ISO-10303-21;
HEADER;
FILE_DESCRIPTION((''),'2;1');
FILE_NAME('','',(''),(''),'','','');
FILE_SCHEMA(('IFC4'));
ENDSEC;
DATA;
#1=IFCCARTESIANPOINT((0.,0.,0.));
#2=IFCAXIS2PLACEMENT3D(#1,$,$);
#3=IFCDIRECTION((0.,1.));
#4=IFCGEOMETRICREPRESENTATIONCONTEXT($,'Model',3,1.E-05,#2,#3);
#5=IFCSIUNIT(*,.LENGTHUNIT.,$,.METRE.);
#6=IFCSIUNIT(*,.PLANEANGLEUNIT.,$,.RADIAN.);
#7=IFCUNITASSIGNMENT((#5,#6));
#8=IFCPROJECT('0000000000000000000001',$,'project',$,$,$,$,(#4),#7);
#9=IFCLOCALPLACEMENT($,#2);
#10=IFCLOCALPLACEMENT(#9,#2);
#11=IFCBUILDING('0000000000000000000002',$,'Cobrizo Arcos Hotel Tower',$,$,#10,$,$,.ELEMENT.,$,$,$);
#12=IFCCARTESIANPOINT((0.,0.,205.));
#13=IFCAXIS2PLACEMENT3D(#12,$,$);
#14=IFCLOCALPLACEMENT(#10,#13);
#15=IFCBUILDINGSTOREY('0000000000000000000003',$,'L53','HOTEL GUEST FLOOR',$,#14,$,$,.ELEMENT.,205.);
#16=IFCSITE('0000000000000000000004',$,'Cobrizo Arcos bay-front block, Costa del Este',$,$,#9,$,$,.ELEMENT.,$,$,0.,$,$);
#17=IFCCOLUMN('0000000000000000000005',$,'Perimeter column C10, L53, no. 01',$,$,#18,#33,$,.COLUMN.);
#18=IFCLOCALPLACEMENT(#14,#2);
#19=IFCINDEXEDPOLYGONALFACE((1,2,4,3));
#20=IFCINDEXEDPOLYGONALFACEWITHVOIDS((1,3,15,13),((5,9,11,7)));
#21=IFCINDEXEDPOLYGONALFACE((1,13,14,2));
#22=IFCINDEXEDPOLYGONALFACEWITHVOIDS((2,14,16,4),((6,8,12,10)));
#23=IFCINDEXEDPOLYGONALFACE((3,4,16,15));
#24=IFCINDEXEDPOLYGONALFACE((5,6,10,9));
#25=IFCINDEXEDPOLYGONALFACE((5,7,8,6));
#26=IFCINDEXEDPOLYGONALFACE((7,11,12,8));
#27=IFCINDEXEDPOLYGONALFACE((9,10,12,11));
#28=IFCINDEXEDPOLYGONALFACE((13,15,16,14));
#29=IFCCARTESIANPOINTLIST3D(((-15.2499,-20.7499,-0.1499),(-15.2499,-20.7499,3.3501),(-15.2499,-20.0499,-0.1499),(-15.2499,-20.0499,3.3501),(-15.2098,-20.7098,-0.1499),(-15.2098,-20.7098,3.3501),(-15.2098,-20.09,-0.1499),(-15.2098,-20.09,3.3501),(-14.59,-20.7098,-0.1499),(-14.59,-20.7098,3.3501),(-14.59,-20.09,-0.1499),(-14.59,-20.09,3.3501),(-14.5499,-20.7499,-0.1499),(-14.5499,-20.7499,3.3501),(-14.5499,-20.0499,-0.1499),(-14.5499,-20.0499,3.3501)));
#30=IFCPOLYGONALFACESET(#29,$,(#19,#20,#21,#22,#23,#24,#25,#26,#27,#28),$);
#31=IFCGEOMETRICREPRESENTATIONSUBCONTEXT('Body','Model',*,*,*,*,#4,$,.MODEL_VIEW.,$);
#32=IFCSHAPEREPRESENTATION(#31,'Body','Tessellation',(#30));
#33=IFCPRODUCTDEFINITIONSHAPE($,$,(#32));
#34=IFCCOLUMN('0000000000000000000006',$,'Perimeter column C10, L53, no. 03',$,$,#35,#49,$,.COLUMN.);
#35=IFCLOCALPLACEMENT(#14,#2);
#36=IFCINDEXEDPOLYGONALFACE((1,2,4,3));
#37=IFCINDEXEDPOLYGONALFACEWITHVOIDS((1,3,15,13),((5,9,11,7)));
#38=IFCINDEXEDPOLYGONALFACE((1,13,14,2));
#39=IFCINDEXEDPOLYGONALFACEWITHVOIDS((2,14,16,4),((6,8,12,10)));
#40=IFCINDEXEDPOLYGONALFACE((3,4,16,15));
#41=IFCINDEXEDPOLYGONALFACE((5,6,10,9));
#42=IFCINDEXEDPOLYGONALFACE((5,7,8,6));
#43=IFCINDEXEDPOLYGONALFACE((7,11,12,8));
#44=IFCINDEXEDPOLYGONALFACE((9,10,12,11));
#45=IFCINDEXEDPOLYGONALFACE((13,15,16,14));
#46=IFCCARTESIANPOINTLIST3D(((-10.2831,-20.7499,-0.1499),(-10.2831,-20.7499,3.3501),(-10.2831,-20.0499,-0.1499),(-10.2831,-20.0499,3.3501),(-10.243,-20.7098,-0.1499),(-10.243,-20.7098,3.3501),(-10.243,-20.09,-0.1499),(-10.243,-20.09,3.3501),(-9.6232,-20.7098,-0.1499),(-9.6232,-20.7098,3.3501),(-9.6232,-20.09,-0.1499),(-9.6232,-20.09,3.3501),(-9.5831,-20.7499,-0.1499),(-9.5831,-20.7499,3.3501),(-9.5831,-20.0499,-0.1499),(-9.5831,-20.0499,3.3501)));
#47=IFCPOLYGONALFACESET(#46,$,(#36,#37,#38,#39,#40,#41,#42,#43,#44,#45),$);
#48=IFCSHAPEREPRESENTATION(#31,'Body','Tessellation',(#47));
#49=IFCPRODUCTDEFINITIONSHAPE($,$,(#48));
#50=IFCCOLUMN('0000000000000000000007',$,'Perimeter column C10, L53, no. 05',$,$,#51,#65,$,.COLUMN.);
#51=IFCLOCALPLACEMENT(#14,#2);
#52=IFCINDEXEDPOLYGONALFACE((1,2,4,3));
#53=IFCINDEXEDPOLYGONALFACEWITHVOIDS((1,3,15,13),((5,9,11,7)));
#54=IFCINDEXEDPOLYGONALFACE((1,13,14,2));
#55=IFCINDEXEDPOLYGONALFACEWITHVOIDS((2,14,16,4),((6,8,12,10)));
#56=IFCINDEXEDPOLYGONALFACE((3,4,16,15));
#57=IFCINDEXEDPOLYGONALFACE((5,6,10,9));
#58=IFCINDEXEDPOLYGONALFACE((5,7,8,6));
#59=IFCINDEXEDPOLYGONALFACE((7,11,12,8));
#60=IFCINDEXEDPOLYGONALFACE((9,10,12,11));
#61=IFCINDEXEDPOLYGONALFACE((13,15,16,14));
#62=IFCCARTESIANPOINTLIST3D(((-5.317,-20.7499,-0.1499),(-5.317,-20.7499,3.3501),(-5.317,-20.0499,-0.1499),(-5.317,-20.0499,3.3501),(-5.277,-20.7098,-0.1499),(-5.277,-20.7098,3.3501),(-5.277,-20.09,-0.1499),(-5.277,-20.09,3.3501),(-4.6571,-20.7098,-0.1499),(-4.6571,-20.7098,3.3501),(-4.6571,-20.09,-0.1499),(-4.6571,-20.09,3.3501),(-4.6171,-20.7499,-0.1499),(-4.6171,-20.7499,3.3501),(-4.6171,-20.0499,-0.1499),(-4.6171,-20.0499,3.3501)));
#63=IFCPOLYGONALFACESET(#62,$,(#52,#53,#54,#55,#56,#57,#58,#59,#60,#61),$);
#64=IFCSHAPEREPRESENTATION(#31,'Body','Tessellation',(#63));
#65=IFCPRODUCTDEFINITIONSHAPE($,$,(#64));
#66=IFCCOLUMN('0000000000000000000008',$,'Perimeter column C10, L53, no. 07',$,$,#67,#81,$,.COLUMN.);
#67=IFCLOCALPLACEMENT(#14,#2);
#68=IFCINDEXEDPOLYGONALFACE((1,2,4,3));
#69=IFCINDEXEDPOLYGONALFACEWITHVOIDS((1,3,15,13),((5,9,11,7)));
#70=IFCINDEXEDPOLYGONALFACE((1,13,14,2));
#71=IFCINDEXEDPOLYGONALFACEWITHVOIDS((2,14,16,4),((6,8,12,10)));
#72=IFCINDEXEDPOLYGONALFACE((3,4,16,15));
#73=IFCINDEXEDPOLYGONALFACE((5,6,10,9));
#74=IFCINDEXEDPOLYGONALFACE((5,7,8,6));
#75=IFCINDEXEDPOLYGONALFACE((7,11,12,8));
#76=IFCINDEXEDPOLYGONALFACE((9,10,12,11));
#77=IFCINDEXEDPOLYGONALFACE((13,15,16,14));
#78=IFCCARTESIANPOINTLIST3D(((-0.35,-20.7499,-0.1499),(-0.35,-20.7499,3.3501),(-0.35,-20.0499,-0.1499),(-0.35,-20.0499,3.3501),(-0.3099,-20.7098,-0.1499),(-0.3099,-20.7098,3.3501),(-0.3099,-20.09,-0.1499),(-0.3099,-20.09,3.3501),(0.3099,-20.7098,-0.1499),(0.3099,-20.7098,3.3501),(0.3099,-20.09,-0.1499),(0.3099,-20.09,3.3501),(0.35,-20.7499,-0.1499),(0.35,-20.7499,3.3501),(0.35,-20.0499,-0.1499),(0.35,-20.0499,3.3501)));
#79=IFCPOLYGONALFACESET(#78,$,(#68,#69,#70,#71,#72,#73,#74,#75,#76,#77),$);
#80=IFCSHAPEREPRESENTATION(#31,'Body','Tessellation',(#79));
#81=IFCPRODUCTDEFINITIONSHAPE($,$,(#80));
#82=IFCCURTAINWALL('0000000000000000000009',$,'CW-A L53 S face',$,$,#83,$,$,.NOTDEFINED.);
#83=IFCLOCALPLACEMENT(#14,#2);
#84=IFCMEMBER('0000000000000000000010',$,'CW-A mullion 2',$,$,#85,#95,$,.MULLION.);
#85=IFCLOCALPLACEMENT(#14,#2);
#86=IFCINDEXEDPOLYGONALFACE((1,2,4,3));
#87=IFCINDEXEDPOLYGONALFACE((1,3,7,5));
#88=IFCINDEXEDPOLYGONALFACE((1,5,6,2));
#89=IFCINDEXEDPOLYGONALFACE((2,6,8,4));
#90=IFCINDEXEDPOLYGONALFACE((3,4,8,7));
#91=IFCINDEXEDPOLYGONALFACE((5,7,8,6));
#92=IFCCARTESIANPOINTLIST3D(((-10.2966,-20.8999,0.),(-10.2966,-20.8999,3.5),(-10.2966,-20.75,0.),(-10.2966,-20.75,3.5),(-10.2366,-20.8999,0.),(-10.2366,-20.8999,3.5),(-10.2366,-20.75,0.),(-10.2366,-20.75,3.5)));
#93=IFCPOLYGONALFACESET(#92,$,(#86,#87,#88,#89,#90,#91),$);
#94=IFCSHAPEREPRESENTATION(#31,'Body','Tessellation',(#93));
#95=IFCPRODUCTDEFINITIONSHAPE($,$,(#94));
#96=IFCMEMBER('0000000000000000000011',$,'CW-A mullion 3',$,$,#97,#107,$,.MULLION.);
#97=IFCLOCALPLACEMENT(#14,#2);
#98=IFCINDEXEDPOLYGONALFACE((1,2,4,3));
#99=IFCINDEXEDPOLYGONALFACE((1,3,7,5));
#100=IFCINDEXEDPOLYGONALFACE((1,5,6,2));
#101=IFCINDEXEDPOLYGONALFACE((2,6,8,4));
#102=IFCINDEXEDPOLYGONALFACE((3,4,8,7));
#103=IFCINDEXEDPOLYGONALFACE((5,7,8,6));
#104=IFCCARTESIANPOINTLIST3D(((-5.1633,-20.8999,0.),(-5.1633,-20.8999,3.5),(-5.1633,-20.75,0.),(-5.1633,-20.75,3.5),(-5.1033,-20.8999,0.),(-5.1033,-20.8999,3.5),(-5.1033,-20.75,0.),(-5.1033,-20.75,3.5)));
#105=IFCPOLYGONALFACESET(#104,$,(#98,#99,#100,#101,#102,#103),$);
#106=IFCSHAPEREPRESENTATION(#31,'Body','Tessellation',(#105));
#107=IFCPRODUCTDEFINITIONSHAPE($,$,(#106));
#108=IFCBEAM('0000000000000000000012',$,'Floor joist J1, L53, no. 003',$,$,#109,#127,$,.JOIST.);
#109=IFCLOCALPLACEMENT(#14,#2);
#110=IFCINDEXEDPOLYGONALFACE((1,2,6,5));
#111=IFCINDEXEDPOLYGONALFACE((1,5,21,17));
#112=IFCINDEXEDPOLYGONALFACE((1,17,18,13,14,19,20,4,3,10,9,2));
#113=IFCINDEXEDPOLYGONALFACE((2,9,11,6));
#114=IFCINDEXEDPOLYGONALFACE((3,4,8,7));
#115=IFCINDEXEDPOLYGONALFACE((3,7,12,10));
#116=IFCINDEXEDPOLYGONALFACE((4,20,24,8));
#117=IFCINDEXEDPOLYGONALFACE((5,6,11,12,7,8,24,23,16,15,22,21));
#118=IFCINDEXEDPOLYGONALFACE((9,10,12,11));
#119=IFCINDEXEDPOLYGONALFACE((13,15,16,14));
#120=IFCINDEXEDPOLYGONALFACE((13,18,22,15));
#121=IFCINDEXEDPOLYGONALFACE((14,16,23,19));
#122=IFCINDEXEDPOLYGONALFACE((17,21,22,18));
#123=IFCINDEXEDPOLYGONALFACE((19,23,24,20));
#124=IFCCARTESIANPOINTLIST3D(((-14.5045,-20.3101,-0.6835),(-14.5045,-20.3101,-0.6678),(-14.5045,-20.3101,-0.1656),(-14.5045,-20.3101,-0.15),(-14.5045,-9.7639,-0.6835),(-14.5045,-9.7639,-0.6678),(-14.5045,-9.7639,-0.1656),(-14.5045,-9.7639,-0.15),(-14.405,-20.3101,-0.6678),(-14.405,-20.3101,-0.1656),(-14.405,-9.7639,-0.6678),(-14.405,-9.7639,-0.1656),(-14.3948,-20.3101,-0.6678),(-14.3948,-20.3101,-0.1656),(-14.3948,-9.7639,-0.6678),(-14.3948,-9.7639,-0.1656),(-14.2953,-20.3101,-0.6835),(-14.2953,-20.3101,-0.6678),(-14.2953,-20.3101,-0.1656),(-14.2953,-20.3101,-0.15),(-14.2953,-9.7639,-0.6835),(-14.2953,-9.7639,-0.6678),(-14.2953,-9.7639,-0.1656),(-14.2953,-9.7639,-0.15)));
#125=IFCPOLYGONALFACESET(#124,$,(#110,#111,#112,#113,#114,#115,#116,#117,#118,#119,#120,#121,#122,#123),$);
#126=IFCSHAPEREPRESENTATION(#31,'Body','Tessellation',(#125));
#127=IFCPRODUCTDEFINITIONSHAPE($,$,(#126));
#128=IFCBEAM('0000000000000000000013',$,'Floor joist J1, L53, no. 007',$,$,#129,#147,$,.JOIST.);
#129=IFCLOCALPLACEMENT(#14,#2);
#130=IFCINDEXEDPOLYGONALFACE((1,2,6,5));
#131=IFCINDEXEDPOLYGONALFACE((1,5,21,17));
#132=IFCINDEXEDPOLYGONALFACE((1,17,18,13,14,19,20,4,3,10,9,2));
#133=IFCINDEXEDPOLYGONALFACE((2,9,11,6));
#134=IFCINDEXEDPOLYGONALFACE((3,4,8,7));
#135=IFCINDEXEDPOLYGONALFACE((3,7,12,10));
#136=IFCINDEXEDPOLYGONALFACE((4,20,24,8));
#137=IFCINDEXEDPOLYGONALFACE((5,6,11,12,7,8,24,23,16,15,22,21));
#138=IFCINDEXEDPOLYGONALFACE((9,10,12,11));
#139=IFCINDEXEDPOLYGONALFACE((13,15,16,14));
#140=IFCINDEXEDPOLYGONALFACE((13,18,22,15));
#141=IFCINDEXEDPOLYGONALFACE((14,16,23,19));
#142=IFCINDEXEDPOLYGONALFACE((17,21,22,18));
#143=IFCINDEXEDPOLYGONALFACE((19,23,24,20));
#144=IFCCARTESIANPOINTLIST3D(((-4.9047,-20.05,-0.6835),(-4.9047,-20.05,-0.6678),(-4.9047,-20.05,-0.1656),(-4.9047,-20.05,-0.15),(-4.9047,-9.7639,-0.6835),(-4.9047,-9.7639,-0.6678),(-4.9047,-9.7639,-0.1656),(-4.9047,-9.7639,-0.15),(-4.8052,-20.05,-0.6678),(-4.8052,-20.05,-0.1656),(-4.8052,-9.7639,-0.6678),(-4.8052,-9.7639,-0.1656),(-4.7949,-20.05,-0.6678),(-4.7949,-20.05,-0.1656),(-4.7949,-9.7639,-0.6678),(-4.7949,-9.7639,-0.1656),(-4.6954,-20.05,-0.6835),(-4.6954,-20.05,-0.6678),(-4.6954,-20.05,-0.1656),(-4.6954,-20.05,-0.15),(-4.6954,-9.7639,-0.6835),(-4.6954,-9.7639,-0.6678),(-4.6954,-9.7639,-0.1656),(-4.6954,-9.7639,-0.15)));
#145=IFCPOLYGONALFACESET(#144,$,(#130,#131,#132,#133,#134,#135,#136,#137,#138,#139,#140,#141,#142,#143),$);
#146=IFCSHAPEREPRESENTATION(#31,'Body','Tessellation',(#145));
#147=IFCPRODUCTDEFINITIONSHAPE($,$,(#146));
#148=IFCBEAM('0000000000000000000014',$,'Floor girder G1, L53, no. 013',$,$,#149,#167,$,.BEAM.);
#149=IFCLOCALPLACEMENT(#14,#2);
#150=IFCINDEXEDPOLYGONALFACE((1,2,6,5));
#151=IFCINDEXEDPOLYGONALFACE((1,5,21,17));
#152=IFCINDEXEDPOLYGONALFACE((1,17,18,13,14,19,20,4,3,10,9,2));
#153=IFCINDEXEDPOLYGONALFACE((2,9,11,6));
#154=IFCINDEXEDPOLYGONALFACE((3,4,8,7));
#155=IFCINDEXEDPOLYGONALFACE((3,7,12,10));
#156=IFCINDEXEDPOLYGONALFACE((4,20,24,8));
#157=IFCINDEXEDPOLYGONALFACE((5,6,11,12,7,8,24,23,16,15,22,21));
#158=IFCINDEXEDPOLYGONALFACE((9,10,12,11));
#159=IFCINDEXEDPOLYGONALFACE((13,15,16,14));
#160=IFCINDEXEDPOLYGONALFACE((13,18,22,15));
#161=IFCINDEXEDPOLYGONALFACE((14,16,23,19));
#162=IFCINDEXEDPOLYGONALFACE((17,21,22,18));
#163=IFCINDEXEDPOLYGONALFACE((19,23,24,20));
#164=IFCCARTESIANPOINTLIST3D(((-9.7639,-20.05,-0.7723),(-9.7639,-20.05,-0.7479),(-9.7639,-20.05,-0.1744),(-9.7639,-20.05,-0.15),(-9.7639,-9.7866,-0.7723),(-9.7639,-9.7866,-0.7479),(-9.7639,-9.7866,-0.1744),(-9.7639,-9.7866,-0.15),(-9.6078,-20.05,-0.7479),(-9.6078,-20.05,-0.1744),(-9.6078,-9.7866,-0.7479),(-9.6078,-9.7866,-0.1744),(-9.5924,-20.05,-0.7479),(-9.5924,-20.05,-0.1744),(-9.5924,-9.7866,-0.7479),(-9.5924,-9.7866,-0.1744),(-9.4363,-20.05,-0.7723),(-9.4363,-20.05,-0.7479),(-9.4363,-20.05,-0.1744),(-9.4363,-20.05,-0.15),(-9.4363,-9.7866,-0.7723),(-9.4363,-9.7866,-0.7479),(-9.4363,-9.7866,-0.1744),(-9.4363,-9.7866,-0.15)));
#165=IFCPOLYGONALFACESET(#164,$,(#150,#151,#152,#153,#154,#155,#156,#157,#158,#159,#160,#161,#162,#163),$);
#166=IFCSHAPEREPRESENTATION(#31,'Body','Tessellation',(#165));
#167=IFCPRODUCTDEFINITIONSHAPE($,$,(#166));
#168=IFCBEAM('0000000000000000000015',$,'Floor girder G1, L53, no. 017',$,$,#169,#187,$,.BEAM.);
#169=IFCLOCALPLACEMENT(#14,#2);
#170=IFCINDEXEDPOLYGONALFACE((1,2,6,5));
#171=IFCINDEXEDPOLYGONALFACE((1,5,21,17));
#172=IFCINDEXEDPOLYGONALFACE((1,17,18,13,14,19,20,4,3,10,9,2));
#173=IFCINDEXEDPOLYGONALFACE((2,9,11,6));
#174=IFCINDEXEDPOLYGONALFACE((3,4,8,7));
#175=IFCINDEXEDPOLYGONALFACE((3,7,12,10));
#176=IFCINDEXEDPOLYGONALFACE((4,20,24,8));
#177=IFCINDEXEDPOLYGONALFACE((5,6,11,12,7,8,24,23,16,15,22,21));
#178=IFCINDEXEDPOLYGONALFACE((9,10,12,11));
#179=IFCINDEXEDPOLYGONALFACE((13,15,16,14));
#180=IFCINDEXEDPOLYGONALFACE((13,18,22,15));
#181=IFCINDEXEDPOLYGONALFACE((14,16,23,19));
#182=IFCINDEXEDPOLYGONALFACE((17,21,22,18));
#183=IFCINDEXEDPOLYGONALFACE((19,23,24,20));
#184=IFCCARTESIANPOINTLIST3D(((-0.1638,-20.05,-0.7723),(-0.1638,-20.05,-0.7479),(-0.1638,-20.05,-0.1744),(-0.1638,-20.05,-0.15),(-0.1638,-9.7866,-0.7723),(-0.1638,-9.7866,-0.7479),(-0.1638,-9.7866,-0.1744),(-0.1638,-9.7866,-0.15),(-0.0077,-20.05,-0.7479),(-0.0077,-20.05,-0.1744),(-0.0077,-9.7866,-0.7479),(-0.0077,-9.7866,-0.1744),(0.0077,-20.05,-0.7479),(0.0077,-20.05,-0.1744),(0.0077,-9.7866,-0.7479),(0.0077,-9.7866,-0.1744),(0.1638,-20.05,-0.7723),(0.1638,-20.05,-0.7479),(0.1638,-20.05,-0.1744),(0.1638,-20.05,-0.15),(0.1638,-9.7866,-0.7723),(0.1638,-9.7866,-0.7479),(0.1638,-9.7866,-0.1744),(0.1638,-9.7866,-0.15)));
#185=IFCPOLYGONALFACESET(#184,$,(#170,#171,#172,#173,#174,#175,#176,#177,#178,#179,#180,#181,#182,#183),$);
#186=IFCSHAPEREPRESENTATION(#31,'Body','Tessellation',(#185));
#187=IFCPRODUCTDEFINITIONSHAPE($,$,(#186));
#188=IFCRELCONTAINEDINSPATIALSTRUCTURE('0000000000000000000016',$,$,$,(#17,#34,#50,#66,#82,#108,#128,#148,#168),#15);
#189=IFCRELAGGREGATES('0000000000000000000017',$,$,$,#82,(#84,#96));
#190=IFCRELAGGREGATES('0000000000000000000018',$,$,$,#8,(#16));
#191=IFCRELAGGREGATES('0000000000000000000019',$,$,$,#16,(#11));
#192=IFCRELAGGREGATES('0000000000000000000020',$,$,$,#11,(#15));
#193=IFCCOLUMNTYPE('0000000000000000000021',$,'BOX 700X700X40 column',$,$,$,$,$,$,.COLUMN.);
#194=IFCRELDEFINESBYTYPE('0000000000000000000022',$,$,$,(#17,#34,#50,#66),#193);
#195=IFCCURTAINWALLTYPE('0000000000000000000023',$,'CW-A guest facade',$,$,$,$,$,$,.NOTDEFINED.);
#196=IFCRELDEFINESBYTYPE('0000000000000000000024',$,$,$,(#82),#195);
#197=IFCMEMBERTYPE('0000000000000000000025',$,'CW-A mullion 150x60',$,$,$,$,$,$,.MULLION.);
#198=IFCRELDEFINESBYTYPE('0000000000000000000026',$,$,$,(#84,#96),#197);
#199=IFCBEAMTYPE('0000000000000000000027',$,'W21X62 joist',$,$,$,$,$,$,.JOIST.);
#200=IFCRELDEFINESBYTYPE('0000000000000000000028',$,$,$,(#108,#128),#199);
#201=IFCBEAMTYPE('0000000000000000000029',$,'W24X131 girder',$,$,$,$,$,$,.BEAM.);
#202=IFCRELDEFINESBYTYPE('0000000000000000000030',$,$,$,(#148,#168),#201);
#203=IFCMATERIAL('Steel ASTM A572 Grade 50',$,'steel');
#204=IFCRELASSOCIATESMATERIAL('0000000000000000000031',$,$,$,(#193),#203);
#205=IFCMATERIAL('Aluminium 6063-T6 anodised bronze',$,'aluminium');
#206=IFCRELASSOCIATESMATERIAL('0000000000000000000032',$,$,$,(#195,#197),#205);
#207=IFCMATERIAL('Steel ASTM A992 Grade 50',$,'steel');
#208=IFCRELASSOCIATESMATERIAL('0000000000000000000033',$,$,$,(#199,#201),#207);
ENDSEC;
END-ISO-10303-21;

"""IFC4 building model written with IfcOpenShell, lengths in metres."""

from ifc_helpers import new_model, si_unit, direction, frame, origin, origin_2d, place, context, subcontext, project, spatial, rectangle, hollow_rectangle, i_section, extrude, material, material_profile, profile_set, type_object, element, aggregate, save


model = new_model("IFC4")

# Units and contexts
model_context = context("Model", 3, precision=1e-05, world=origin(), true_north=direction((0.0, 1.0)))
body_context = subcontext(model_context, "Body", "Model", "MODEL_VIEW")
ifc_project = project(units=[si_unit("LENGTHUNIT", "METRE"), si_unit("PLANEANGLEUNIT", "RADIAN")], contexts=[model_context])

# Site, building, storey
site_placement = place(None, origin())
site = spatial("IfcSite", under=ifc_project, at=site_placement, Name="Cobrizo Arcos bay-front block, Costa del Este", CompositionType="ELEMENT", RefElevation=0.0)
building_placement = place(site_placement, origin())
building = spatial("IfcBuilding", under=site, at=building_placement, Name="Cobrizo Arcos Hotel Tower", CompositionType="ELEMENT")
storey_placement = place(building_placement, frame((0.0, 0.0, 205.0)))
storey = spatial("IfcBuildingStorey", under=building, at=storey_placement, Name="L53", Description="HOTEL GUEST FLOOR", CompositionType="ELEMENT", Elevation=205.0)

# Columns
ifc_material_1 = material(Name="Steel ASTM A572 Grade 50", Category="steel")
ifc_material_profile_1 = material_profile(ifc_material_1, hollow_rectangle(XDim=0.7, YDim=0.7, WallThickness=0.04, at=origin_2d()), Name="BOX 700X700X40")
ifc_profile_set_1 = profile_set([ifc_material_profile_1], Name="Steel ASTM A572 Grade 50")
column_type = type_object("IfcColumnType", Name="BOX 700X700X40 column", PredefinedType="COLUMN", material=ifc_profile_set_1)
for number, where, z_axis, x_axis, name in (
    (1, (-14.8999, -20.3999, -0.1499), (0.0, 0.0, 1.0), (1.0, 0.0, 0.0), "Perimeter column C10, L53, no. 01"),
    (2, (-9.9331, -20.3999, -0.1499), (0.0, 0.0, 1.0), (1.0, 0.0, 0.0), "Perimeter column C10, L53, no. 03"),
    (3, (-4.967, -20.3999, -0.1499), (0.0, 0.0, 1.0), (1.0, 0.0, 0.0), "Perimeter column C10, L53, no. 05"),
    (4, (0.0, -20.3999, -0.1499), (0.0, 0.0, 1.0), (1.0, 0.0, 0.0), "Perimeter column C10, L53, no. 07"),
):
    element("IfcColumn", number, at=place(storey_placement, frame(where, z_axis=z_axis, x_axis=x_axis)), inside=storey, type_object=column_type, Name=name, PredefinedType="COLUMN", context=body_context, shape_type="SweptSolid", body=[
        extrude(hollow_rectangle(XDim=0.7, YDim=0.7, WallThickness=0.04, at=origin_2d()), origin(), (0.0, 0.0, 1.0), 3.5),
    ])

# Curtain wall, members
ifc_material_2 = material(Name="Aluminium 6063-T6 anodised bronze", Category="aluminium")
curtain_wall_type = type_object("IfcCurtainWallType", Name="CW-A guest facade", PredefinedType="NOTDEFINED", material=ifc_material_2)
curtain_wall_placement = place(storey_placement, origin())
curtain_wall = element("IfcCurtainWall", 5, at=curtain_wall_placement, inside=storey, type_object=curtain_wall_type, Name="CW-A L53 S face", PredefinedType="NOTDEFINED")
ifc_material_profile_2 = material_profile(ifc_material_2, rectangle(XDim=0.1499, YDim=0.0601, at=origin_2d()), Name="CW-A mullion 150x60")
ifc_profile_set_2 = profile_set([ifc_material_profile_2], Name="Aluminium 6063-T6 anodised bronze")
member_type = type_object("IfcMemberType", Name="CW-A mullion 150x60", PredefinedType="MULLION", material=ifc_profile_set_2)
member_1_placement = place(storey_placement, frame((-10.2666, -20.825, 0.0), z_axis=(0.0, 0.0, 1.0), x_axis=(0.0, -1.0, 0.0)))
member_1 = element("IfcMember", 6, at=member_1_placement, type_object=member_type, Name="CW-A mullion 2", PredefinedType="MULLION", context=body_context, shape_type="SweptSolid", body=[
    extrude(rectangle(XDim=0.1499, YDim=0.0601, at=origin_2d()), origin(), (0.0, 0.0, 1.0), 3.5),
])
member_2_placement = place(storey_placement, frame((-5.1333, -20.825, 0.0), z_axis=(0.0, 0.0, 1.0), x_axis=(0.0, -1.0, 0.0)))
member_2 = element("IfcMember", 7, at=member_2_placement, type_object=member_type, Name="CW-A mullion 3", PredefinedType="MULLION", context=body_context, shape_type="SweptSolid", body=[
    extrude(rectangle(XDim=0.1499, YDim=0.0601, at=origin_2d()), origin(), (0.0, 0.0, 1.0), 3.5),
])

# Beams
ifc_material_3 = material(Name="Steel ASTM A992 Grade 50", Category="steel")
ifc_material_profile_3 = material_profile(ifc_material_3, i_section(OverallWidth=0.2092, OverallDepth=0.5334, WebThickness=0.0103, FlangeThickness=0.0156, at=origin_2d()), Name="W21X62")
ifc_profile_set_3 = profile_set([ifc_material_profile_3], Name="Steel ASTM A992 Grade 50")
beam_type_1 = type_object("IfcBeamType", Name="W21X62 joist", PredefinedType="JOIST", material=ifc_profile_set_3)
beam_1_placement = place(storey_placement, frame((-14.3999, -20.3101, -0.4167), z_axis=(0.0, 1.0, 0.0), x_axis=(-1.0, 0.0, 0.0)))
element("IfcBeam", 8, at=beam_1_placement, inside=storey, type_object=beam_type_1, Name="Floor joist J1, L53, no. 003", PredefinedType="JOIST", context=body_context, shape_type="SweptSolid", body=[
    extrude(i_section(OverallWidth=0.2092, OverallDepth=0.5334, WebThickness=0.0103, FlangeThickness=0.0156, at=origin_2d()), origin(), (0.0, 0.0, 1.0), 10.5461),
])
beam_2_placement = place(storey_placement, frame((-4.8, -20.05, -0.4167), z_axis=(0.0, 1.0, 0.0), x_axis=(-1.0, 0.0, 0.0)))
element("IfcBeam", 9, at=beam_2_placement, inside=storey, type_object=beam_type_1, Name="Floor joist J1, L53, no. 007", PredefinedType="JOIST", context=body_context, shape_type="SweptSolid", body=[
    extrude(i_section(OverallWidth=0.2092, OverallDepth=0.5334, WebThickness=0.0103, FlangeThickness=0.0156, at=origin_2d()), origin(), (0.0, 0.0, 1.0), 10.2861),
])
ifc_material_profile_4 = material_profile(ifc_material_3, i_section(OverallWidth=0.3276, OverallDepth=0.6223, WebThickness=0.0154, FlangeThickness=0.0244, at=origin_2d()), Name="W24X131")
ifc_profile_set_4 = profile_set([ifc_material_profile_4], Name="Steel ASTM A992 Grade 50")
beam_type_2 = type_object("IfcBeamType", Name="W24X131 girder", PredefinedType="BEAM", material=ifc_profile_set_4)
for number, where, z_axis, x_axis, name in (
    (10, (-9.6001, -20.05, -0.4612), (0.0, 1.0, 0.0), (-1.0, 0.0, 0.0), "Floor girder G1, L53, no. 013"),
    (11, (0.0, -20.05, -0.4612), (0.0, 1.0, 0.0), (-1.0, 0.0, 0.0), "Floor girder G1, L53, no. 017"),
):
    element("IfcBeam", number, at=place(storey_placement, frame(where, z_axis=z_axis, x_axis=x_axis)), inside=storey, type_object=beam_type_2, Name=name, PredefinedType="BEAM", context=body_context, shape_type="SweptSolid", body=[
        extrude(i_section(OverallWidth=0.3276, OverallDepth=0.6223, WebThickness=0.0154, FlangeThickness=0.0244, at=origin_2d()), origin(), (0.0, 0.0, 1.0), 10.2634),
    ])

aggregate(curtain_wall, [member_1, member_2])

save(model, "model.ifc")
